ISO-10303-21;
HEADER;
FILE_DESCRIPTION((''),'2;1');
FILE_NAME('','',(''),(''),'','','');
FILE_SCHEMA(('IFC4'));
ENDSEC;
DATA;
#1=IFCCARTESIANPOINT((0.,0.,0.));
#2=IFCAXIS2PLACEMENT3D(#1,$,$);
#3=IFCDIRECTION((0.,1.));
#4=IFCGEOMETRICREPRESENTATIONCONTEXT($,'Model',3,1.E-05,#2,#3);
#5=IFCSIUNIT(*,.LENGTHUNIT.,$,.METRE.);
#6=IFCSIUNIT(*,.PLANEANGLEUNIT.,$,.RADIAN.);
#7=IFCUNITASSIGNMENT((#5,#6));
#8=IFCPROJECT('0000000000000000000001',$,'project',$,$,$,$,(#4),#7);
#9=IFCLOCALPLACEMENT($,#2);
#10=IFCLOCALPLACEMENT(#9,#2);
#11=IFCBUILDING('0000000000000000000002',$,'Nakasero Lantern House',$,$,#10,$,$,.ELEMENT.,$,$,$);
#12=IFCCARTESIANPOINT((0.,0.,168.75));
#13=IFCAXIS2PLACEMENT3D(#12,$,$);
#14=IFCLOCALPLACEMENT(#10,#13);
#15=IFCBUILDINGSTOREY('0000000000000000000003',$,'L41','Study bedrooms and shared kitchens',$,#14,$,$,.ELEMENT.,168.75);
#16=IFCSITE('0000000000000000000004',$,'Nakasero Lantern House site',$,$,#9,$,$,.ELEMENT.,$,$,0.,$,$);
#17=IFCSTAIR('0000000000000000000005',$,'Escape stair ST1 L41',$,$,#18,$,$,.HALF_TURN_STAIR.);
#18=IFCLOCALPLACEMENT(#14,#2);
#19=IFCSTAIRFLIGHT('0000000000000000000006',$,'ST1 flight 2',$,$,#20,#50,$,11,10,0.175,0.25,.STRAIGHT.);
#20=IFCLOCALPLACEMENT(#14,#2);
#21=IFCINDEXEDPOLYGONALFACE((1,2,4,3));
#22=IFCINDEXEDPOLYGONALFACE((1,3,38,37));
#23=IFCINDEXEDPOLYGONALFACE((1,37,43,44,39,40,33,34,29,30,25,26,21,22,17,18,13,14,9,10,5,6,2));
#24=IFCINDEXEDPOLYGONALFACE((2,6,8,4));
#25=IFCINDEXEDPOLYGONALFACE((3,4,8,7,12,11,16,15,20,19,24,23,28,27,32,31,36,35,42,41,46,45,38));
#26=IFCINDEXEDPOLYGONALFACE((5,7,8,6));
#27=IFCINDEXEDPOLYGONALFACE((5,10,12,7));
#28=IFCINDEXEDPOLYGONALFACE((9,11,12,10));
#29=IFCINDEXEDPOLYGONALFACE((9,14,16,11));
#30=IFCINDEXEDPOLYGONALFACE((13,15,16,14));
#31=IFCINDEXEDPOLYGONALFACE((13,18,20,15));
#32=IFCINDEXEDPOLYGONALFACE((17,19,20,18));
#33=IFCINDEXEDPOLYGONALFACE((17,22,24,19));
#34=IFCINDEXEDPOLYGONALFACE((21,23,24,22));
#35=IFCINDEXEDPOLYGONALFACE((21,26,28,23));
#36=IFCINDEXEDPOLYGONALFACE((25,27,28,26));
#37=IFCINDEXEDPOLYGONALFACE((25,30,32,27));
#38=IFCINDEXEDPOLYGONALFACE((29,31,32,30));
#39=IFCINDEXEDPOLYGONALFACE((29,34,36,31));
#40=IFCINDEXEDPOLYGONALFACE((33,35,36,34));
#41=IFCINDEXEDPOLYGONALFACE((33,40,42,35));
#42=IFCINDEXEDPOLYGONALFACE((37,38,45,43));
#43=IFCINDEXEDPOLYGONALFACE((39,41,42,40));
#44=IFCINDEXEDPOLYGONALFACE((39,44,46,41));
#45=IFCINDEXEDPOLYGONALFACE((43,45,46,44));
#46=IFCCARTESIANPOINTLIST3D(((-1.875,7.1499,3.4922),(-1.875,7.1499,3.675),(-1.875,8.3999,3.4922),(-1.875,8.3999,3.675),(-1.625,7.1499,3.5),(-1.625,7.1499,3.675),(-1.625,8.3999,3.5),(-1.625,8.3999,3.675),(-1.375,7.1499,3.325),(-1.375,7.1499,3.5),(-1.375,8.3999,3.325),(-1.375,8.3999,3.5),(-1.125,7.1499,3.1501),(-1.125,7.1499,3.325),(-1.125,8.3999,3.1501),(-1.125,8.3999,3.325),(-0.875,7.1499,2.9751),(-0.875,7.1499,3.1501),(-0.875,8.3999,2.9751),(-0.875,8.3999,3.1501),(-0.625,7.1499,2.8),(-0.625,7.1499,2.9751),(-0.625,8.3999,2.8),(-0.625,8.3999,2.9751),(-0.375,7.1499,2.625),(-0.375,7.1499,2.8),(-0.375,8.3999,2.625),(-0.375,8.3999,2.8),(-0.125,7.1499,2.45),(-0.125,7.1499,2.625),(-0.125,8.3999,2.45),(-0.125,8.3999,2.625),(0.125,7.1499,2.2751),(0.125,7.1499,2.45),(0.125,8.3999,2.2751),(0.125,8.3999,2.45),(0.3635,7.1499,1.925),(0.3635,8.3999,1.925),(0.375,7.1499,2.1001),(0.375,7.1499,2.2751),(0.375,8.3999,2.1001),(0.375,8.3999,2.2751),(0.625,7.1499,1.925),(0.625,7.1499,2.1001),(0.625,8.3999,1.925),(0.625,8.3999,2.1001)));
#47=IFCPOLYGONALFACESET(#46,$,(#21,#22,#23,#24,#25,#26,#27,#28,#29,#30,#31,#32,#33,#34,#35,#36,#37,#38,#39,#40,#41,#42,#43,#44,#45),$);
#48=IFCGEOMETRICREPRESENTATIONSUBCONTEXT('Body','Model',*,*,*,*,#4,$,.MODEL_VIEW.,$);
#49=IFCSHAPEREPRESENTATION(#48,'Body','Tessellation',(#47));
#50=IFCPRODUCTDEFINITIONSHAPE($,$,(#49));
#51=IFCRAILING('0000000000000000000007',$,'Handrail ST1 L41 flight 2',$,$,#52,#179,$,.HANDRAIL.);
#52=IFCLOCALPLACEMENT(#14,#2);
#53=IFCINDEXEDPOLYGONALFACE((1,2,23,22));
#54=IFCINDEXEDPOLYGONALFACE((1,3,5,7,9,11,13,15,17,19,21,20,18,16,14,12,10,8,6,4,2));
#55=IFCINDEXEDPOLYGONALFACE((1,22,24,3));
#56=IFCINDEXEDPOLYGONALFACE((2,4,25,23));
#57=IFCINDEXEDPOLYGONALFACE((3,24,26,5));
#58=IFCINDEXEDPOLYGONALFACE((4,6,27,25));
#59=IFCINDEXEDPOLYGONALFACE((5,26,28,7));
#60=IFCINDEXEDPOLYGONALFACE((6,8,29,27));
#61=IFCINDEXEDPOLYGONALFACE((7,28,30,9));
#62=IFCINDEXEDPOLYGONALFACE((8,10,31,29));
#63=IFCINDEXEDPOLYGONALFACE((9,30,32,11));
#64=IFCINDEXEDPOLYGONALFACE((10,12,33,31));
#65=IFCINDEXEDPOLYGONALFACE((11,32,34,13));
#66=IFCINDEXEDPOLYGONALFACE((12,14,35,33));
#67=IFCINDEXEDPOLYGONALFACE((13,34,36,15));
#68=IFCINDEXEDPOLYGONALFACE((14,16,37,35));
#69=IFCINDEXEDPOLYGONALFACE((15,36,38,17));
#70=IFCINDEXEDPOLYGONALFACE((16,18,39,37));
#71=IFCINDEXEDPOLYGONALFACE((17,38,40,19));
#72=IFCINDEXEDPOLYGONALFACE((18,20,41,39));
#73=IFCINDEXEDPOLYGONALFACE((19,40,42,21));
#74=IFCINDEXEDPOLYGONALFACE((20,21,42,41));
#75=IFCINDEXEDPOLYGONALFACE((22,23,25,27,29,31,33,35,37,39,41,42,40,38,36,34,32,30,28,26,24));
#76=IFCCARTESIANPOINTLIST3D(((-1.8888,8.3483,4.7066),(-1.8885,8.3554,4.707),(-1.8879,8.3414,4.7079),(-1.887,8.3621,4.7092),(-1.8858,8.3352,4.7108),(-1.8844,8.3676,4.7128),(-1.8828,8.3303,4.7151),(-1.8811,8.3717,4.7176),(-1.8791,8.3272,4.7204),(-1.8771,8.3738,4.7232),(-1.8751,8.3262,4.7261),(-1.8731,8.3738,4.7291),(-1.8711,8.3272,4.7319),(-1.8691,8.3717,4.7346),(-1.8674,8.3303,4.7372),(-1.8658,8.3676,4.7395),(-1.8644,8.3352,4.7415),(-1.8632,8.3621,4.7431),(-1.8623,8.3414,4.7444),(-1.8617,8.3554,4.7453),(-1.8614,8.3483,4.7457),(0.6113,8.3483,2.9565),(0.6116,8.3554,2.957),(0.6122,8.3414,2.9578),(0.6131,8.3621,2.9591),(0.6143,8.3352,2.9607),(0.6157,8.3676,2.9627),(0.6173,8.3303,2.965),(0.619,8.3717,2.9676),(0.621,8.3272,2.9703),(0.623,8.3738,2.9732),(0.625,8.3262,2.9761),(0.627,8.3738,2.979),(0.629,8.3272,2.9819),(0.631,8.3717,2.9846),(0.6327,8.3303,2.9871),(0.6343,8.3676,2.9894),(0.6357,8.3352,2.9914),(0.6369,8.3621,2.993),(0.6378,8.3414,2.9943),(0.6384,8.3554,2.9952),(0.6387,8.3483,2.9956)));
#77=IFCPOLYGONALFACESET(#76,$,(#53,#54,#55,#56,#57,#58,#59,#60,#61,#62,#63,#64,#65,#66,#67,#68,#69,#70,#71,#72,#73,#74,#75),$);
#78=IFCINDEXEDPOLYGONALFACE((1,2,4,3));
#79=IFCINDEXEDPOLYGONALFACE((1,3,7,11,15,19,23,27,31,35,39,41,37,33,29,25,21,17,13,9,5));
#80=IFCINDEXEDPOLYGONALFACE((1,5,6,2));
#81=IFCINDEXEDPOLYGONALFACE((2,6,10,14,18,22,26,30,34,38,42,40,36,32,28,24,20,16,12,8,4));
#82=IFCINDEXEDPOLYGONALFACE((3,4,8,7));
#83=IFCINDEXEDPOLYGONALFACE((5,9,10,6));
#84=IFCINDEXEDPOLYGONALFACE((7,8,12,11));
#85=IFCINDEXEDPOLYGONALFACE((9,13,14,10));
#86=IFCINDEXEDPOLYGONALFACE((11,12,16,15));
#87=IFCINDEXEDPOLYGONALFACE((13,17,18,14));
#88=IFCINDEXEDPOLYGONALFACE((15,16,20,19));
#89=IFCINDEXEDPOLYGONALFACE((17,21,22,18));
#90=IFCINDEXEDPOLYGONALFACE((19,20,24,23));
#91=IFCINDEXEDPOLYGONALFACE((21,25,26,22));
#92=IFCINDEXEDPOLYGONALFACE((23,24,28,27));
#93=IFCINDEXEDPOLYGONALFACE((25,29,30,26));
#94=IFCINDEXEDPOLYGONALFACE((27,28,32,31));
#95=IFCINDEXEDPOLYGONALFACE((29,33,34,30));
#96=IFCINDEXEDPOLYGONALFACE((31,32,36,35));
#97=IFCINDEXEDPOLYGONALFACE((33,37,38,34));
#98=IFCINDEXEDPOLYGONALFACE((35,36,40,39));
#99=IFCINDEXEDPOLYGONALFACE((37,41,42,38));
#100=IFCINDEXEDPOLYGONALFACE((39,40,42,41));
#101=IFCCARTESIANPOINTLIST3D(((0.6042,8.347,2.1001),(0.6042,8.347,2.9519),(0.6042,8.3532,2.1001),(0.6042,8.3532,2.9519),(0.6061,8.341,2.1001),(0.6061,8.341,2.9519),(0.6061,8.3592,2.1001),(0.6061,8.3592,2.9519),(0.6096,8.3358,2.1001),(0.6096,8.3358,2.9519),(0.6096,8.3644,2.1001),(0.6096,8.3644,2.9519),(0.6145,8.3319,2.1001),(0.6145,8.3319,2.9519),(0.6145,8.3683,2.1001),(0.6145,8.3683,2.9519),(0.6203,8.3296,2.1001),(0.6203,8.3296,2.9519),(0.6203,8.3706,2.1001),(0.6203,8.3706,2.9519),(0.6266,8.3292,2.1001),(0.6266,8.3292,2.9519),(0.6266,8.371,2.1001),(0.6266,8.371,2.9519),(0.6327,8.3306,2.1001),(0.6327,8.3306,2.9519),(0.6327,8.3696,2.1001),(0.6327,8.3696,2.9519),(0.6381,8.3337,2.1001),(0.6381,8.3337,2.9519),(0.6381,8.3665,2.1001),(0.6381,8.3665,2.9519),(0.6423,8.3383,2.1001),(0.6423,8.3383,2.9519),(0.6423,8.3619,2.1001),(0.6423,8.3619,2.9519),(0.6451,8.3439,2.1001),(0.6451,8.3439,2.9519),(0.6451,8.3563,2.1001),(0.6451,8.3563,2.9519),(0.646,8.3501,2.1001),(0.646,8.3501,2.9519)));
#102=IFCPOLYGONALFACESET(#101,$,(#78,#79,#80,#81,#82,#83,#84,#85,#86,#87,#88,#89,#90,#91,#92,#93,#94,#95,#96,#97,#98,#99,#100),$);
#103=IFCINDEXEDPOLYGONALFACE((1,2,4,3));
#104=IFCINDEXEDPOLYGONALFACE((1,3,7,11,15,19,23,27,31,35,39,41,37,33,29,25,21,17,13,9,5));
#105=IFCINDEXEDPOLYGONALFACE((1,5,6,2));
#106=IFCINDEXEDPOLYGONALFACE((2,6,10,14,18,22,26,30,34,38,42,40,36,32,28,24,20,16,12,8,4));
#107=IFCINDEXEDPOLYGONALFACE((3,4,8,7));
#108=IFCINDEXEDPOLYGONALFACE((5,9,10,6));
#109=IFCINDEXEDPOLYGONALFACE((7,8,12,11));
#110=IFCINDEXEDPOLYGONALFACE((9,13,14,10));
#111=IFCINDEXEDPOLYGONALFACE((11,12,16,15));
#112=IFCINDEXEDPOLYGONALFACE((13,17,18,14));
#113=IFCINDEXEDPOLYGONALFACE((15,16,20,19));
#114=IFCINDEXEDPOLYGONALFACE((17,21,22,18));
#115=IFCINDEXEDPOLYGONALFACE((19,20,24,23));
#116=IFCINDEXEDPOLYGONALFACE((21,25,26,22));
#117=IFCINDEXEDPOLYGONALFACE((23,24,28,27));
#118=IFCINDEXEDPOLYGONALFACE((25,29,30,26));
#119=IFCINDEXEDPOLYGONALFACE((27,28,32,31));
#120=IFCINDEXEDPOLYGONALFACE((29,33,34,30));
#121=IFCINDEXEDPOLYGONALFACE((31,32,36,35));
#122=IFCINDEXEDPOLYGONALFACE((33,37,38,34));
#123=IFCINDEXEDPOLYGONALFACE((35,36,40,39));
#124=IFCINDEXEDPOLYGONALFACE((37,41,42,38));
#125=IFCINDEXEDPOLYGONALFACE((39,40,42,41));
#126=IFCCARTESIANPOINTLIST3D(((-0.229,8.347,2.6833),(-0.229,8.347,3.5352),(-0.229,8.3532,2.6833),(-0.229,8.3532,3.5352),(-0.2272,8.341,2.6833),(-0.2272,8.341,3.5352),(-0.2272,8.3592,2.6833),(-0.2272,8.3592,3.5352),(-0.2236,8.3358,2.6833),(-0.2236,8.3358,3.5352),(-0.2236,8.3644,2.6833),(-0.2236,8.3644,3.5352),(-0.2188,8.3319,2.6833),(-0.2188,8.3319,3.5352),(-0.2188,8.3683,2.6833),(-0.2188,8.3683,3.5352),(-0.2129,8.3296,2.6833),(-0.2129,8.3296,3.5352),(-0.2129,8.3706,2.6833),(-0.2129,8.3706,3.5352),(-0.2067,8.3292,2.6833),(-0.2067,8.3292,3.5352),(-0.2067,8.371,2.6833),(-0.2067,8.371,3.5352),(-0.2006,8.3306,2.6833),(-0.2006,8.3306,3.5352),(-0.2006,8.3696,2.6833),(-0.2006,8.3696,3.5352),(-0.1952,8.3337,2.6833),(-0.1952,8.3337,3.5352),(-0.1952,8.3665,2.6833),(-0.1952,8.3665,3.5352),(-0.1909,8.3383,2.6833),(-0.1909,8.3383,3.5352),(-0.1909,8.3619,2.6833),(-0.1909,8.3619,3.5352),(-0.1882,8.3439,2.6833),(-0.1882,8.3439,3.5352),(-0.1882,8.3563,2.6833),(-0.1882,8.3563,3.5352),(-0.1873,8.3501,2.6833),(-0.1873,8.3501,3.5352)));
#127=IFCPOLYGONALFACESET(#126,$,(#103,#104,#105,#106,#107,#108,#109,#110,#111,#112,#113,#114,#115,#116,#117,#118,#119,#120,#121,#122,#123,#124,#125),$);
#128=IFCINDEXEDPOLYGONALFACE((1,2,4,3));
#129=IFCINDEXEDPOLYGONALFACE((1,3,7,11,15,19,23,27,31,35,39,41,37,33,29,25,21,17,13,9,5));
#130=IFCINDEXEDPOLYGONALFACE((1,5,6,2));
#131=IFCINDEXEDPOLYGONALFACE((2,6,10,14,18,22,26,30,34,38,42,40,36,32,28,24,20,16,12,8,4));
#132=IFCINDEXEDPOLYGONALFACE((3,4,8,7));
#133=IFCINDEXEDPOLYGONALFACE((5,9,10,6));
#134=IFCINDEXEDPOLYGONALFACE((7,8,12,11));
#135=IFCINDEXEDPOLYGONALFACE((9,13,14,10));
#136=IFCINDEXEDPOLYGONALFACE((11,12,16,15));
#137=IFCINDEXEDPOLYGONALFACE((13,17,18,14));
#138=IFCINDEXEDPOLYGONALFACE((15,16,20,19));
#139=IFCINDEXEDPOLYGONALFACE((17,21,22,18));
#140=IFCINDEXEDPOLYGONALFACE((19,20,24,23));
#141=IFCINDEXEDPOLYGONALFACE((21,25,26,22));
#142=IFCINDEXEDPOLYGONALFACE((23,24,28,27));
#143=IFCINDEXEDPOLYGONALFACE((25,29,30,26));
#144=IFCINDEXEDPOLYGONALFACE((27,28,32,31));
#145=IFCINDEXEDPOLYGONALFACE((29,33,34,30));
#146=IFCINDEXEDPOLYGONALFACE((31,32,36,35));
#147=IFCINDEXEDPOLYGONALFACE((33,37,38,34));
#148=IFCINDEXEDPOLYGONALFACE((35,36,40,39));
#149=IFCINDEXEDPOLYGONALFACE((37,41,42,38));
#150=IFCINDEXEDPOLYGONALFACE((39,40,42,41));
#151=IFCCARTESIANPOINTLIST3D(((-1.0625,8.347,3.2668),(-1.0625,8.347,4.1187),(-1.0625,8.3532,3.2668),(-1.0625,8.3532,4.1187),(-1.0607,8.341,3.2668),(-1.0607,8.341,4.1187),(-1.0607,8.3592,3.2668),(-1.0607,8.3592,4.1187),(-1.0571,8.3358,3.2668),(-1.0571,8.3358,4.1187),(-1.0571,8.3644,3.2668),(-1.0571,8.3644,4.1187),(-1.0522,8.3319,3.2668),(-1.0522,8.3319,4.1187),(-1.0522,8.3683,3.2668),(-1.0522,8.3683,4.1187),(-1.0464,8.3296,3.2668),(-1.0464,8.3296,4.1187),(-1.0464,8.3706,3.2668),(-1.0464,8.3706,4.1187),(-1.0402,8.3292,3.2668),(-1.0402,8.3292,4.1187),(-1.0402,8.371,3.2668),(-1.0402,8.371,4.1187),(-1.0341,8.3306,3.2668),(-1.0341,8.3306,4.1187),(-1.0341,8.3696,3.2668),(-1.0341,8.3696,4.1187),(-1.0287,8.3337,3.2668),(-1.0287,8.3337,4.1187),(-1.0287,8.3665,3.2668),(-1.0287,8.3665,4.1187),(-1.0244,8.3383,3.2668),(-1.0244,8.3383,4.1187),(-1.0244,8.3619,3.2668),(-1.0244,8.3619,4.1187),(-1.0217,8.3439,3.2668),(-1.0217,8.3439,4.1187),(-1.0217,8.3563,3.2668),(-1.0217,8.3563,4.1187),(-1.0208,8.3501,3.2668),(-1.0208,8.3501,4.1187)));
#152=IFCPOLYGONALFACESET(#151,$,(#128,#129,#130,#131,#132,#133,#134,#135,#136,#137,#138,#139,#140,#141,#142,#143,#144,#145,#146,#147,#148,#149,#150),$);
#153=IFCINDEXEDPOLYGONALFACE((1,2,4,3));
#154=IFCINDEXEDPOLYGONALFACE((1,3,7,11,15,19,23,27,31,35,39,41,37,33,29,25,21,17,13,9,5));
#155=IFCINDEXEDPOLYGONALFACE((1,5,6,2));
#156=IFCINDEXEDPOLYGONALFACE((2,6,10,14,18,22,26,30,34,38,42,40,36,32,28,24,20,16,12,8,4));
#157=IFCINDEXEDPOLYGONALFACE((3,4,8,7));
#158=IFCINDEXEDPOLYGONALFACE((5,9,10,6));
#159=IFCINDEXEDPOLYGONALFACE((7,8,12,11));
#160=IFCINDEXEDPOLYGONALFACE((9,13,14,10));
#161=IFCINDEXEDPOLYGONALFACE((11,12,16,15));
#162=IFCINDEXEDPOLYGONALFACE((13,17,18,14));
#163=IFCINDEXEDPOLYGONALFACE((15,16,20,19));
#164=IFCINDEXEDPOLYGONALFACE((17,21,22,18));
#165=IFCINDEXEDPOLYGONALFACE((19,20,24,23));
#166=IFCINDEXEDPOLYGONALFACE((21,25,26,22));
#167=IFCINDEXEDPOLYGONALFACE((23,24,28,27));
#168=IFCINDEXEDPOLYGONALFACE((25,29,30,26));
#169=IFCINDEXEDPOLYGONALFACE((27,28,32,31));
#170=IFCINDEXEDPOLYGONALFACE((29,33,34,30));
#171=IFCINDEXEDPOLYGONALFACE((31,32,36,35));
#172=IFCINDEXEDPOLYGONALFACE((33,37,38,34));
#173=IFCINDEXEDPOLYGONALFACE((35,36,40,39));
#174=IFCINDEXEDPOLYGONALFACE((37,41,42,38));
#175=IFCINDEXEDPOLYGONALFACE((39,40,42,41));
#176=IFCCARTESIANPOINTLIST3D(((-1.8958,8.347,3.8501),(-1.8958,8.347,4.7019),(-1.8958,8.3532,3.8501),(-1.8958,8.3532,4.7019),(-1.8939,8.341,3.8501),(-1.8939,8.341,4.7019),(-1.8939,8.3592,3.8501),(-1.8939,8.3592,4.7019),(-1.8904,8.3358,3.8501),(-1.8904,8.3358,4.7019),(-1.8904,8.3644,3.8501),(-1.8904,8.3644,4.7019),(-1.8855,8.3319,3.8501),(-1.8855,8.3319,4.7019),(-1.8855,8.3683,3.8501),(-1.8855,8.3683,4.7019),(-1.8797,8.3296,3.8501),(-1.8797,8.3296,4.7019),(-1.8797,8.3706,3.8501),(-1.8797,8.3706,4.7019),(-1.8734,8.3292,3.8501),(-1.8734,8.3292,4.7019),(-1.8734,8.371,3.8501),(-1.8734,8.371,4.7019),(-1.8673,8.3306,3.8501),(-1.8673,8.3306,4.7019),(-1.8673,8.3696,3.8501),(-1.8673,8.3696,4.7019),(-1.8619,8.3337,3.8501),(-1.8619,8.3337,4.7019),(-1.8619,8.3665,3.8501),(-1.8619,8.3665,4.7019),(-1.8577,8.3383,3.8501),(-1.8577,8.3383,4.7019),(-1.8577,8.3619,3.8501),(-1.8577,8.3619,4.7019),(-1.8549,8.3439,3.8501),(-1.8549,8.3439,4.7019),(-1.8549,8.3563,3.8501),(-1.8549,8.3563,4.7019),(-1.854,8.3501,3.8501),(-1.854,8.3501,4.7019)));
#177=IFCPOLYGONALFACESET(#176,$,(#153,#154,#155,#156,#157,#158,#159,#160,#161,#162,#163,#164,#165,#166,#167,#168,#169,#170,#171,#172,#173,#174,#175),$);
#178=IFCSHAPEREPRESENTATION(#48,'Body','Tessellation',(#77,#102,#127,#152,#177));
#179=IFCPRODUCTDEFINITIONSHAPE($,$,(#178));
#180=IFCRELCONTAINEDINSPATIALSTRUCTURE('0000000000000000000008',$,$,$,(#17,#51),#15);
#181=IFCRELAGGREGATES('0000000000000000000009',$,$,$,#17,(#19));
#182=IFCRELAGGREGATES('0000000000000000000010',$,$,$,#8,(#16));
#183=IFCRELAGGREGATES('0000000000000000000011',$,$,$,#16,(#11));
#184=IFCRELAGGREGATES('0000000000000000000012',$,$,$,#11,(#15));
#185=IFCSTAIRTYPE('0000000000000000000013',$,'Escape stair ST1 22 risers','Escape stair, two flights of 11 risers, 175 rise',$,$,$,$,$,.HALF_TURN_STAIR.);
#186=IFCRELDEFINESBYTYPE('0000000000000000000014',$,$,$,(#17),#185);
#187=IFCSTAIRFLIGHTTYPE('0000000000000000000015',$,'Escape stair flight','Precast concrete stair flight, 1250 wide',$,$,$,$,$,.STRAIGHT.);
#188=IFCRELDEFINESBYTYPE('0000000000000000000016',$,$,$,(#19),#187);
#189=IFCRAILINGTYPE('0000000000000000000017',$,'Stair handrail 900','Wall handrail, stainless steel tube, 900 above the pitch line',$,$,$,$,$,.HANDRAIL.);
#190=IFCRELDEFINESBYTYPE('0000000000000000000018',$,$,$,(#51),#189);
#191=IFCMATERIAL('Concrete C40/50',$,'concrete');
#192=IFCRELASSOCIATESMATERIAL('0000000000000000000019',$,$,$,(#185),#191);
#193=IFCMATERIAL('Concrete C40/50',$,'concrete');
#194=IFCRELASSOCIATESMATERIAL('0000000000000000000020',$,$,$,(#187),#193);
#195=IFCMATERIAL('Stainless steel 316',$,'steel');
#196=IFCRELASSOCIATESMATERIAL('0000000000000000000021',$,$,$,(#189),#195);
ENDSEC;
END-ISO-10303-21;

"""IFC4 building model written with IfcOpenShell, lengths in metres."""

from ifc_helpers import new_model, si_unit, direction, frame, origin, origin_2d, place, context, subcontext, project, spatial, polyline, circle, outline, extrude, material, type_object, element, aggregate, save


model = new_model("IFC4")

# Units and contexts
model_context = context("Model", 3, precision=1e-05, world=origin(), true_north=direction((0.0, 1.0)))
body_context = subcontext(model_context, "Body", "Model", "MODEL_VIEW")
ifc_project = project(units=[si_unit("LENGTHUNIT", "METRE"), si_unit("PLANEANGLEUNIT", "RADIAN")], contexts=[model_context])

# Site, building, storey
site_placement = place(None, origin())
site = spatial("IfcSite", under=ifc_project, at=site_placement, Name="Nakasero Lantern House site", CompositionType="ELEMENT", RefElevation=0.0)
building_placement = place(site_placement, origin())
building = spatial("IfcBuilding", under=site, at=building_placement, Name="Nakasero Lantern House", CompositionType="ELEMENT")
storey_placement = place(building_placement, frame((0.0, 0.0, 168.75)))
storey = spatial("IfcBuildingStorey", under=building, at=storey_placement, Name="L41", Description="Study bedrooms and shared kitchens", CompositionType="ELEMENT", Elevation=168.75)

# Stair
ifc_material_1 = material(Name="Concrete C40/50", Category="concrete")
stair_type_1 = type_object("IfcStairType", Name="Escape stair ST1 22 risers", Description="Escape stair, two flights of 11 risers, 175 rise", PredefinedType="HALF_TURN_STAIR", material=ifc_material_1)
stair_1_placement = place(storey_placement, origin())
stair_1 = element("IfcStair", 1, at=stair_1_placement, inside=storey, type_object=stair_type_1, Name="Escape stair ST1 L41", PredefinedType="HALF_TURN_STAIR")

# Stair flight
ifc_material_2 = material(Name="Concrete C40/50", Category="concrete")
stair_flight_type = type_object("IfcStairFlightType", Name="Escape stair flight", Description="Precast concrete stair flight, 1250 wide", PredefinedType="STRAIGHT", material=ifc_material_2)
stair_flight_placement = place(storey_placement, frame((0.625, 7.7749, 1.925), z_axis=(0.0, 0.0, 1.0), x_axis=(-1.0, 0.0, 0.0)))
stair_flight = element("IfcStairFlight", 2, at=stair_flight_placement, type_object=stair_flight_type, Name="ST1 flight 2", NumberOfRisers=11, NumberOfTreads=10, PredefinedType="STRAIGHT", RiserHeight=0.175, TreadLength=0.25, context=body_context, shape_type="SweptSolid", body=[
    extrude(outline(polyline([(0.0, 0.0), (0.0, 0.175), (0.25, 0.175), (0.25, 0.3501), (0.5, 0.3501), (0.5, 0.5249), (0.75, 0.5249), (0.75, 0.7), (1.0, 0.7), (1.0, 0.875), (1.25, 0.875), (1.25, 1.05), (1.5, 1.05), (1.5, 1.2251), (1.75, 1.2251), (1.75, 1.3999), (2.0, 1.3999), (2.0, 1.575), (2.25, 1.575), (2.25, 1.75), (2.5, 1.75), (2.5, 1.925), (2.5, 1.5671), (0.2615, 0.0), (0.0, 0.0)])), frame((0.0, 0.625, 0.0), z_axis=(0.0, -1.0, 0.0), x_axis=(1.0, 0.0, 0.0)), (0.0, 0.0, 1.0), 1.25),
])
aggregate(stair_1, [stair_flight])

# Railing
ifc_material_3 = material(Name="Stainless steel 316", Category="steel")
railing_type = type_object("IfcRailingType", Name="Stair handrail 900", Description="Wall handrail, stainless steel tube, 900 above the pitch line", PredefinedType="HANDRAIL", material=ifc_material_3)
railing_placement = place(storey_placement, frame((0.625, 8.3501, 2.1001)))
element("IfcRailing", 3, at=railing_placement, inside=storey, type_object=railing_type, Name="Handrail ST1 L41 flight 2", PredefinedType="HANDRAIL", context=body_context, shape_type="SweptSolid", body=[
    extrude(circle(Radius=0.0239, at=origin_2d()), frame((0.0, 0.0, 0.876), z_axis=(-0.819232, 0.0, 0.573462), x_axis=(0.0, -1.0, 0.0)), (0.0, 0.0, 1.0), 3.0518),
    extrude(circle(Radius=0.021, at=origin_2d()), origin(), (0.0, 0.0, 1.0), 0.8518),
    extrude(circle(Radius=0.021, at=origin_2d()), frame((-0.8333, 0.0, 0.5833)), (0.0, 0.0, 1.0), 0.8518),
    extrude(circle(Radius=0.021, at=origin_2d()), frame((-1.6667, 0.0, 1.1667)), (0.0, 0.0, 1.0), 0.8518),
    extrude(circle(Radius=0.021, at=origin_2d()), frame((-2.5, 0.0, 1.75)), (0.0, 0.0, 1.0), 0.8518),
])

save(model, "model.ifc")
